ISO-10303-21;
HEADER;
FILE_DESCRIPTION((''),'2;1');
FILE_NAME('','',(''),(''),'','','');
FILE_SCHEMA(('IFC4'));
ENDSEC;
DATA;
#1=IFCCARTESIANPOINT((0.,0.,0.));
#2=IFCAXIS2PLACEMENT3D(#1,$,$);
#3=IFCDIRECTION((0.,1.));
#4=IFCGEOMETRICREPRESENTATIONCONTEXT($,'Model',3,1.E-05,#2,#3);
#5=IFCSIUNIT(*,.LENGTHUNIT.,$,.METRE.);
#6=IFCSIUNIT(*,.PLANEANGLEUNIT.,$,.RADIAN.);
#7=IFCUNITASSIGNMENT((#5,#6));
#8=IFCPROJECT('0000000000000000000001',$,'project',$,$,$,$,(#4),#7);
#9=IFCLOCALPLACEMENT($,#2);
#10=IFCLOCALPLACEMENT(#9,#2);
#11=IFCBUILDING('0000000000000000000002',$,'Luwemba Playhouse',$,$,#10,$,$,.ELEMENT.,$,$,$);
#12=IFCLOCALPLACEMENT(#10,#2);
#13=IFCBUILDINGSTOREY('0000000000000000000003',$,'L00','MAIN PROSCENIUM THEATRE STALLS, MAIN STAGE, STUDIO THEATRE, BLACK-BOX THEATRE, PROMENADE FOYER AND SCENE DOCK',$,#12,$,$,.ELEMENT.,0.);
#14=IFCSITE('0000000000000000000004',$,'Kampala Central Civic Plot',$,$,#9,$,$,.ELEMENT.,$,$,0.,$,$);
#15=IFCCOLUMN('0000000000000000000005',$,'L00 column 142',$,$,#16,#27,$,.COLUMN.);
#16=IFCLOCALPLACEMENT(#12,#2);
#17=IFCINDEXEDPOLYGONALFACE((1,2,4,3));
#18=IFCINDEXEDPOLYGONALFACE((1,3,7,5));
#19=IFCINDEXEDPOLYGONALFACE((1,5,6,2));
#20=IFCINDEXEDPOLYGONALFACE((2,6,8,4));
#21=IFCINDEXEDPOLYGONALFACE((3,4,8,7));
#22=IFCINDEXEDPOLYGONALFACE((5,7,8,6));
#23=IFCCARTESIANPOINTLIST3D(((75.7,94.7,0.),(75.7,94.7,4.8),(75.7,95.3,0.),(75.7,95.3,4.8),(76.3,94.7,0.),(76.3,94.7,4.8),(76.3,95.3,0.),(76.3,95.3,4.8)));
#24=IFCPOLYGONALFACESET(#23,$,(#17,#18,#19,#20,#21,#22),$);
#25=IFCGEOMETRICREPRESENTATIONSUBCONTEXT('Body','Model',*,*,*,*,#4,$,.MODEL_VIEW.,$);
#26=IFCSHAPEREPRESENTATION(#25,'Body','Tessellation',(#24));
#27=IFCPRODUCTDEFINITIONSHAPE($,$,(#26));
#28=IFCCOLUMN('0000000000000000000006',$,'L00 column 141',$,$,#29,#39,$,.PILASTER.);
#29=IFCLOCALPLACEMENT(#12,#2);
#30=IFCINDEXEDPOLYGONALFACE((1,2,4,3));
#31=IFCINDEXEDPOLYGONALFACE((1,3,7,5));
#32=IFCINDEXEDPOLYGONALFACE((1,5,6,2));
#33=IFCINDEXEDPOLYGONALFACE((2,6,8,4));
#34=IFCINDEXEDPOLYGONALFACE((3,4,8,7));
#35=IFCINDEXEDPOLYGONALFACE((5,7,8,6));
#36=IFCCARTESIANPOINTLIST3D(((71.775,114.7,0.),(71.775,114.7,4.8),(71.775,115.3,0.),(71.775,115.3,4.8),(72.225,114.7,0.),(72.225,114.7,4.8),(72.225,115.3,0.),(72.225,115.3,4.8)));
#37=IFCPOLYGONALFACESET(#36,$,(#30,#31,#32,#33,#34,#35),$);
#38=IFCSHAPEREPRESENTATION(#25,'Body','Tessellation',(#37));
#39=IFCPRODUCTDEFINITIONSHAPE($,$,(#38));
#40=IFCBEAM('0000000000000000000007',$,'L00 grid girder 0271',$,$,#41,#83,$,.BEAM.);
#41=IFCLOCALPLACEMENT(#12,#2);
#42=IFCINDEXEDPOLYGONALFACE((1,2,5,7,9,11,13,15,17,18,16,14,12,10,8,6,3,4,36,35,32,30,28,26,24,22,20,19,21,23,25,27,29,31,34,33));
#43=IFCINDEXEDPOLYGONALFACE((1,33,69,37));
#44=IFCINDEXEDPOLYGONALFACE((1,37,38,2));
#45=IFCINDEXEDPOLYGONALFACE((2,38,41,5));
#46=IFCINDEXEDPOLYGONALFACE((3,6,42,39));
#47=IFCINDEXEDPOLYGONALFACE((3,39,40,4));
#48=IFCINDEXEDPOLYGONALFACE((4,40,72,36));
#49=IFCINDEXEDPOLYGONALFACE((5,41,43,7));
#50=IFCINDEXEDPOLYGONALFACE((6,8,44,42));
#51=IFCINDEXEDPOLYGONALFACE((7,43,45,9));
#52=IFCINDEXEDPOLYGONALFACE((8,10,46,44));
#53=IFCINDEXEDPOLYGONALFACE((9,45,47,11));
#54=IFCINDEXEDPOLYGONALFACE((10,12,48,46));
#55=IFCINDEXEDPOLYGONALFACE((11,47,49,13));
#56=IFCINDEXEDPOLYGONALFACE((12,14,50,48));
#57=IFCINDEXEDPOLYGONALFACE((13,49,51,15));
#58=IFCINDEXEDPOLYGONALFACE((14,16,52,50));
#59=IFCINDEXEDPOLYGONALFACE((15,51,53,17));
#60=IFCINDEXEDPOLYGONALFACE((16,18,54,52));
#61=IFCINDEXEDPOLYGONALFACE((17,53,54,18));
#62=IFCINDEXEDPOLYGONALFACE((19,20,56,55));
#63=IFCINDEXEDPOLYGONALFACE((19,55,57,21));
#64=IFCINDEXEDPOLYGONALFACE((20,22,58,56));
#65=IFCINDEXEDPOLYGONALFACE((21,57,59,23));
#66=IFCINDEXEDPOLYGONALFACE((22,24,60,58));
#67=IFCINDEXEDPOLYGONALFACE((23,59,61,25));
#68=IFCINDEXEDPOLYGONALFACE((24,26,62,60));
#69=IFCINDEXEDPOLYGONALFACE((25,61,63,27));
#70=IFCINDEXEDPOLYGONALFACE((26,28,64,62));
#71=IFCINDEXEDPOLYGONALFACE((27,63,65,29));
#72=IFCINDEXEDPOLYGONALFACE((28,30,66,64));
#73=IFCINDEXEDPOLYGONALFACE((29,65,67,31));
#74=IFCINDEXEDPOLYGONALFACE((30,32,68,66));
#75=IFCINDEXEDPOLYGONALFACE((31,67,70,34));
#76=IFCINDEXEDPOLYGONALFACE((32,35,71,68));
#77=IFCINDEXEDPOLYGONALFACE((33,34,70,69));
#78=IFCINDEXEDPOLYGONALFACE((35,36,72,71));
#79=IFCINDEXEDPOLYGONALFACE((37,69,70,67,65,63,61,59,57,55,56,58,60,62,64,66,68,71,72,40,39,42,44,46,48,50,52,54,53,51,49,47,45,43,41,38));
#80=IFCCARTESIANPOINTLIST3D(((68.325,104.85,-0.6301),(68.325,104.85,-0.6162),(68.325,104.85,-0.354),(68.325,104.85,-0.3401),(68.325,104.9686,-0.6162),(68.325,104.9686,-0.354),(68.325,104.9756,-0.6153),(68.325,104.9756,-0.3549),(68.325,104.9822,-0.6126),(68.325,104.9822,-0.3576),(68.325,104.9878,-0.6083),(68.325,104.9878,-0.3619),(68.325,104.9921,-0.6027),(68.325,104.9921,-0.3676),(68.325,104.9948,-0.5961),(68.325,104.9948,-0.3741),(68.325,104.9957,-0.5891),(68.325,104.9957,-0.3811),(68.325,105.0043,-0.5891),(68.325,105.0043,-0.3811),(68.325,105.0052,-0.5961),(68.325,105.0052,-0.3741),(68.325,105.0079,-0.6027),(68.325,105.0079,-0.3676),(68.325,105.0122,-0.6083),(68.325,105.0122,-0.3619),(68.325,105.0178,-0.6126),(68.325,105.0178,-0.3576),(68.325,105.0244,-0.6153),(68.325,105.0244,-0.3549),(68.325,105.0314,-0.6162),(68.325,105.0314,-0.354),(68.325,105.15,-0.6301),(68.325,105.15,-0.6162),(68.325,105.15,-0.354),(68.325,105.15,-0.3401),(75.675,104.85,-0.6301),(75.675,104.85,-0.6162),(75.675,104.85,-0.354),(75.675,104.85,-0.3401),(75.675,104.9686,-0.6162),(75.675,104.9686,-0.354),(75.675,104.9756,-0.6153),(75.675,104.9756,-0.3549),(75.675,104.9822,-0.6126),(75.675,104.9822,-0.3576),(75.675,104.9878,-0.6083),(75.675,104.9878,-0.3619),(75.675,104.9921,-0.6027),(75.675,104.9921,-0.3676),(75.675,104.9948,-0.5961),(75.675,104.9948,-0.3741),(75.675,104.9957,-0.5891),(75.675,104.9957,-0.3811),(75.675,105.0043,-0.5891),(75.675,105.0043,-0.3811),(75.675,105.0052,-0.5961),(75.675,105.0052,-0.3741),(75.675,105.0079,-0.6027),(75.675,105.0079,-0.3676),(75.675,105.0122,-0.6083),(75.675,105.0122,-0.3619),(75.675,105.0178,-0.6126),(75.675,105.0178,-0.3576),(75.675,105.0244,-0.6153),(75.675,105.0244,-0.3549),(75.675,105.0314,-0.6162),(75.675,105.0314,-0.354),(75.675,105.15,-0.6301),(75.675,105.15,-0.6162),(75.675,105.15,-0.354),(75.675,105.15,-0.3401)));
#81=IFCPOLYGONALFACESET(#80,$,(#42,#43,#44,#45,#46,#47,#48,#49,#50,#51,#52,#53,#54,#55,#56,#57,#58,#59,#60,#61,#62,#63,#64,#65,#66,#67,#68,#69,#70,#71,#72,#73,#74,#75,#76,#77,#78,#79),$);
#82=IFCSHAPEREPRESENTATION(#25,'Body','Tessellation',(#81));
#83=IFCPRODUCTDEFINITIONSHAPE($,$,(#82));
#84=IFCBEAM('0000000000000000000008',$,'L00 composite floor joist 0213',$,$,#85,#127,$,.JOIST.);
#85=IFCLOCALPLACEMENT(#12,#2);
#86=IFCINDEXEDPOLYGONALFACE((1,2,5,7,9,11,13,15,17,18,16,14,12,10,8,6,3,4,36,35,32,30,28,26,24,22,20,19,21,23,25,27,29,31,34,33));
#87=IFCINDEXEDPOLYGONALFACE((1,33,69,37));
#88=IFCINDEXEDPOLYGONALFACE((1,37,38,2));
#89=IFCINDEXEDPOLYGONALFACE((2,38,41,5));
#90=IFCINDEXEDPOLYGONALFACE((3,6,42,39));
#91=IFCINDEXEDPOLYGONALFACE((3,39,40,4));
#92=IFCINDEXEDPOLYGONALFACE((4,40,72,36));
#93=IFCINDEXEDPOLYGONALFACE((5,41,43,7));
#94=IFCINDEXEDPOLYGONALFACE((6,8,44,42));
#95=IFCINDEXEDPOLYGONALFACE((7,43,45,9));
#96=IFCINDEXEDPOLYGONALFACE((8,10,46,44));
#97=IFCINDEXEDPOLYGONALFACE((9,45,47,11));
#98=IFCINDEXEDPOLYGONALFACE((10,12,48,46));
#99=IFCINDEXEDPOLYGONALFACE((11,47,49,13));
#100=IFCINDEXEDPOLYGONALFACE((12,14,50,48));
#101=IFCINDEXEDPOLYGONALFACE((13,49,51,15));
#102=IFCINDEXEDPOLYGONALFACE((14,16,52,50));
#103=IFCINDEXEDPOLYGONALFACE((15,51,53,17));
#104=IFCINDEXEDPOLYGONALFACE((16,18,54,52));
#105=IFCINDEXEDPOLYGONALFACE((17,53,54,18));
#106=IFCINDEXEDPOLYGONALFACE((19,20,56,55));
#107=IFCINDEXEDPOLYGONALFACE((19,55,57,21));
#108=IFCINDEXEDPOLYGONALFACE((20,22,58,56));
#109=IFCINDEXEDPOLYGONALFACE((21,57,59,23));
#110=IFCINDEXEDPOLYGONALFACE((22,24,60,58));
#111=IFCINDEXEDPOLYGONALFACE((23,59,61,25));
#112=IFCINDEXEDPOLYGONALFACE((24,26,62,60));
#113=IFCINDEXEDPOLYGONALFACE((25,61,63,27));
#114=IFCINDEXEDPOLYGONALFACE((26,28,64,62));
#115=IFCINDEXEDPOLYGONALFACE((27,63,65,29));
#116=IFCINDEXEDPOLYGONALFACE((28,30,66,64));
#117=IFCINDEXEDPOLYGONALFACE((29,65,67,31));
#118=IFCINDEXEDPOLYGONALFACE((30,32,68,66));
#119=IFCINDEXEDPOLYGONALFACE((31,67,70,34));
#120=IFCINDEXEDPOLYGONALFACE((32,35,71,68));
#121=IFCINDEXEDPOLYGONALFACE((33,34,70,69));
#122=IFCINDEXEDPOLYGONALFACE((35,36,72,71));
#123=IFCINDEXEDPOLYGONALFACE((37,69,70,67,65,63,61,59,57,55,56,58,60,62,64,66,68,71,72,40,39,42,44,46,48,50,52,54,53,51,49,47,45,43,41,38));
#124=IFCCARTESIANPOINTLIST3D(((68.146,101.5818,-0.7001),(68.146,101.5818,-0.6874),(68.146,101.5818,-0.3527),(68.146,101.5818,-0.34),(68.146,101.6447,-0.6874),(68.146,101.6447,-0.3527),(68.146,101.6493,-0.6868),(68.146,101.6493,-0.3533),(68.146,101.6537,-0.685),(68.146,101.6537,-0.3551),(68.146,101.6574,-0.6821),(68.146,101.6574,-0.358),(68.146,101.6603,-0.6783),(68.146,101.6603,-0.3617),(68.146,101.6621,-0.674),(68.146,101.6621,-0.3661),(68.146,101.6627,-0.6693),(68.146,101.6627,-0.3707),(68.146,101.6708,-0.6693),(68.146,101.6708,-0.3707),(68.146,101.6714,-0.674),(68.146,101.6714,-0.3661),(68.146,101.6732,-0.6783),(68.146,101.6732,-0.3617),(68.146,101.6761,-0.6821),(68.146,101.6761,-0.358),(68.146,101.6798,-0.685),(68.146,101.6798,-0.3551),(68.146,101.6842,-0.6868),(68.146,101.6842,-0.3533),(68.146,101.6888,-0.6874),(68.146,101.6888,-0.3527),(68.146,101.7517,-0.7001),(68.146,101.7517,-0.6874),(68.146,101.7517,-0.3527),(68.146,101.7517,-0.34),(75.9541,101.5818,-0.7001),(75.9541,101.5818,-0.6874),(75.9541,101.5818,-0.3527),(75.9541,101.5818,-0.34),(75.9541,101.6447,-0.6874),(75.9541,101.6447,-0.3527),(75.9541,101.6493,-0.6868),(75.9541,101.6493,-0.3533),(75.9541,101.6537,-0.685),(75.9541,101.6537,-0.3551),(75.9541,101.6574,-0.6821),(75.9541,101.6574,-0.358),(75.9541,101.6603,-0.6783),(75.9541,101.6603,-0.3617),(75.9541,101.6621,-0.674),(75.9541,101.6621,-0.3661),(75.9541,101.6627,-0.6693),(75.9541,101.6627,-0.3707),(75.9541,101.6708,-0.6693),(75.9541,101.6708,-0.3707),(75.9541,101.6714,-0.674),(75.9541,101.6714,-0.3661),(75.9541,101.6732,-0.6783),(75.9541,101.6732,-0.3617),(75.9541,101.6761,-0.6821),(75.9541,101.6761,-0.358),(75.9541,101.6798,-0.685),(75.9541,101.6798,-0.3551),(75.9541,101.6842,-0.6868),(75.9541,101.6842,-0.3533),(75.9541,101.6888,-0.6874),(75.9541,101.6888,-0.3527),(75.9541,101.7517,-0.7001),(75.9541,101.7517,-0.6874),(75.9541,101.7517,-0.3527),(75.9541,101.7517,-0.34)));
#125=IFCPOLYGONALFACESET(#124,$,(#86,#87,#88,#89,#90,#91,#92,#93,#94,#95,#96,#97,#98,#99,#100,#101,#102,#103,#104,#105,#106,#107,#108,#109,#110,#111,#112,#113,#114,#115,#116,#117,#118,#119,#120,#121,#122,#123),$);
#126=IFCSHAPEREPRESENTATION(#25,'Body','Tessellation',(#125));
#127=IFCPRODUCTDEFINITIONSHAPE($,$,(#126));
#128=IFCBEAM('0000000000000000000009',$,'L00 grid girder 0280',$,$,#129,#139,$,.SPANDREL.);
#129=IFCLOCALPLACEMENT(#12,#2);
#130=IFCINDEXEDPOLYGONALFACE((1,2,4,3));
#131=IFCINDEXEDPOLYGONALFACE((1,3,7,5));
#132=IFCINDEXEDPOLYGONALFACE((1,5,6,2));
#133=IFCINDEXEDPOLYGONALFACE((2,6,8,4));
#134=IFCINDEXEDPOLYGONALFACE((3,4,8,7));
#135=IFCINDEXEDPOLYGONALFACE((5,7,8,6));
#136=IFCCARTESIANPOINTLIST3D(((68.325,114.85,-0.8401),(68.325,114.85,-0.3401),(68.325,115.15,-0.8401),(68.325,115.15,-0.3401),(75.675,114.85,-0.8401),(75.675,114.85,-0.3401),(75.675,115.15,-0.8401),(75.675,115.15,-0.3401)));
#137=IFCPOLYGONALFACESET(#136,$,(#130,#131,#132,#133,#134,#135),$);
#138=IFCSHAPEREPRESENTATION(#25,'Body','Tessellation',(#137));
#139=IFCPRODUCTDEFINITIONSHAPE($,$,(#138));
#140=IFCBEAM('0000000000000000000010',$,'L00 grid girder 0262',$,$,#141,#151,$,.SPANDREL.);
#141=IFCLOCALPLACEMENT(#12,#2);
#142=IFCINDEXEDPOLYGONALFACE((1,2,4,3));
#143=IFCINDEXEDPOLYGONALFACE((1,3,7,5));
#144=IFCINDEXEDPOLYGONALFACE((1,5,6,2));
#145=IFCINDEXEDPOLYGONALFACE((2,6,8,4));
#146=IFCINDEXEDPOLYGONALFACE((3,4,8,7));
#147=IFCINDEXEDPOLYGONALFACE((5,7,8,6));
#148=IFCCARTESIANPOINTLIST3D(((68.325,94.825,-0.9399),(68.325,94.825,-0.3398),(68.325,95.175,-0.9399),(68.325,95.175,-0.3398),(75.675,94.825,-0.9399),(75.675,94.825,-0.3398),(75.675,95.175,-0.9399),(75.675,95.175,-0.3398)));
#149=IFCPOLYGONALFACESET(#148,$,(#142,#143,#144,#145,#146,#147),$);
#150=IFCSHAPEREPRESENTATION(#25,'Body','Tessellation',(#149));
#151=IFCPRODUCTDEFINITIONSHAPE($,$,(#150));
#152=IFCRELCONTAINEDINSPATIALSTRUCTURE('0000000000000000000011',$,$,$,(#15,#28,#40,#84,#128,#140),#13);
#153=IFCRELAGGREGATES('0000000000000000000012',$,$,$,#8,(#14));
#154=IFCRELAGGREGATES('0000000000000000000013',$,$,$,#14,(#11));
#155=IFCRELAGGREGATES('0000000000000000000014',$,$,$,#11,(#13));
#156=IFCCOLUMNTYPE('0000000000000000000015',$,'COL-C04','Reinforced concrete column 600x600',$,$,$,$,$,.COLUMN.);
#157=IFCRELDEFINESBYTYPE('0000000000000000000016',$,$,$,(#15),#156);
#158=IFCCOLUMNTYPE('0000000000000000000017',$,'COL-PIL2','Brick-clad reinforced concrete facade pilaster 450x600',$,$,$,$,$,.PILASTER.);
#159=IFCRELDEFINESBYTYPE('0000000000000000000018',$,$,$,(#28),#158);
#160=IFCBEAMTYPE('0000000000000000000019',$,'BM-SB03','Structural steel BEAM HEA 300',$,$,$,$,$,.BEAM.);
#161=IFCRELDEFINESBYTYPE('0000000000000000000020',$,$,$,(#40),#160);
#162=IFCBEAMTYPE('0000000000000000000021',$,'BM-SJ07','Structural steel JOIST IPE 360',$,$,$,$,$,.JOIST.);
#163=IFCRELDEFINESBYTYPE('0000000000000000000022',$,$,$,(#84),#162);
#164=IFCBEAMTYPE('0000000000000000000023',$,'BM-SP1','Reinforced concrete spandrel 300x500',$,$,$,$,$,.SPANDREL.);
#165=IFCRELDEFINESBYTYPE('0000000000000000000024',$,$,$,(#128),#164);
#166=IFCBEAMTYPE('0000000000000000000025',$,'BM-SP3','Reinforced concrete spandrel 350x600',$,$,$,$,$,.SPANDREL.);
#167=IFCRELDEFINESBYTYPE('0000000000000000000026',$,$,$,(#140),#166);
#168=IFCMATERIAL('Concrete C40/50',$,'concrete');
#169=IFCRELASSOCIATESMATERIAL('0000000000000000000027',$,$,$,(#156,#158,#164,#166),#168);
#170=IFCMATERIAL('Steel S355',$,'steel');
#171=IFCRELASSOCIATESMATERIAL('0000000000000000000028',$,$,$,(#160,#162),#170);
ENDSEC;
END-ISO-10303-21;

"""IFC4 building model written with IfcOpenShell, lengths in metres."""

from ifc_helpers import new_model, si_unit, direction, frame, origin, origin_2d, place, context, subcontext, project, spatial, rectangle, i_section, extrude, material, material_profile, profile_set, type_object, element, save


model = new_model("IFC4")

# Units and contexts
model_context = context("Model", 3, precision=1e-05, world=origin(), true_north=direction((0.0, 1.0)))
body_context = subcontext(model_context, "Body", "Model", "MODEL_VIEW")
ifc_project = project(units=[si_unit("LENGTHUNIT", "METRE"), si_unit("PLANEANGLEUNIT", "RADIAN")], contexts=[model_context])

# Site, building, storey
site_placement = place(None, origin())
site = spatial("IfcSite", under=ifc_project, at=site_placement, Name="Kampala Central Civic Plot", CompositionType="ELEMENT", RefElevation=0.0)
building_placement = place(site_placement, origin())
building = spatial("IfcBuilding", under=site, at=building_placement, Name="Luwemba Playhouse", CompositionType="ELEMENT")
storey_placement = place(building_placement, origin())
storey = spatial("IfcBuildingStorey", under=building, at=storey_placement, Name="L00", Description="MAIN PROSCENIUM THEATRE STALLS, MAIN STAGE, STUDIO THEATRE, BLACK-BOX THEATRE, PROMENADE FOYER AND SCENE DOCK", CompositionType="ELEMENT", Elevation=0.0)

# Columns
ifc_material_1 = material(Name="Concrete C40/50", Category="concrete")
ifc_material_profile_1 = material_profile(ifc_material_1, rectangle(XDim=0.6001, YDim=0.6001, at=origin_2d()))
ifc_profile_set_1 = profile_set([ifc_material_profile_1], Name="Concrete C40/50")
column_type_1 = type_object("IfcColumnType", Name="COL-C04", Description="Reinforced concrete column 600x600", PredefinedType="COLUMN", material=ifc_profile_set_1)
column_1_placement = place(storey_placement, frame((76.0, 95.0, 0.0), z_axis=(0.0, 0.0, 1.0), x_axis=(1.0, 0.0, 0.0)))
element("IfcColumn", 1, at=column_1_placement, inside=storey, type_object=column_type_1, Name="L00 column 142", PredefinedType="COLUMN", context=body_context, shape_type="SweptSolid", body=[
    extrude(rectangle(XDim=0.6001, YDim=0.6001, at=origin_2d()), origin(), (0.0, 0.0, 1.0), 4.8),
])
ifc_material_profile_2 = material_profile(ifc_material_1, rectangle(XDim=0.45, YDim=0.6001, at=origin_2d()))
ifc_profile_set_2 = profile_set([ifc_material_profile_2], Name="Concrete C40/50")
column_type_2 = type_object("IfcColumnType", Name="COL-PIL2", Description="Brick-clad reinforced concrete facade pilaster 450x600", PredefinedType="PILASTER", material=ifc_profile_set_2)
column_2_placement = place(storey_placement, frame((72.0, 115.0, 0.0), z_axis=(0.0, 0.0, 1.0), x_axis=(1.0, 0.0, 0.0)))
element("IfcColumn", 2, at=column_2_placement, inside=storey, type_object=column_type_2, Name="L00 column 141", PredefinedType="PILASTER", context=body_context, shape_type="SweptSolid", body=[
    extrude(rectangle(XDim=0.45, YDim=0.6001, at=origin_2d()), origin(), (0.0, 0.0, 1.0), 4.8),
])

# Beams
ifc_material_2 = material(Name="Steel S355", Category="steel")
ifc_material_profile_3 = material_profile(ifc_material_2, i_section(OverallWidth=0.3, OverallDepth=0.29, WebThickness=0.0085, FlangeThickness=0.0139, FilletRadius=0.0271, at=origin_2d()))
ifc_profile_set_3 = profile_set([ifc_material_profile_3], Name="Steel S355")
beam_type_1 = type_object("IfcBeamType", Name="BM-SB03", Description="Structural steel BEAM HEA 300", PredefinedType="BEAM", material=ifc_profile_set_3)
beam_1_placement = place(storey_placement, frame((68.325, 105.0, -0.4851), z_axis=(1.0, 0.0, 0.0), x_axis=(0.0, 1.0, 0.0)))
element("IfcBeam", 3, at=beam_1_placement, inside=storey, type_object=beam_type_1, Name="L00 grid girder 0271", PredefinedType="BEAM", context=body_context, shape_type="SweptSolid", body=[
    extrude(i_section(OverallWidth=0.3, OverallDepth=0.29, WebThickness=0.0085, FlangeThickness=0.0139, FilletRadius=0.0271, at=origin_2d()), origin(), (0.0, 0.0, 1.0), 7.3501),
])
ifc_material_profile_4 = material_profile(ifc_material_2, i_section(OverallWidth=0.1699, OverallDepth=0.3601, WebThickness=0.0081, FlangeThickness=0.0127, FilletRadius=0.0181, at=origin_2d()))
ifc_profile_set_4 = profile_set([ifc_material_profile_4], Name="Steel S355")
beam_type_2 = type_object("IfcBeamType", Name="BM-SJ07", Description="Structural steel JOIST IPE 360", PredefinedType="JOIST", material=ifc_profile_set_4)
beam_2_placement = place(storey_placement, frame((68.146, 101.6667, -0.52), z_axis=(1.0, 0.0, 0.0), x_axis=(0.0, 1.0, 0.0)))
element("IfcBeam", 4, at=beam_2_placement, inside=storey, type_object=beam_type_2, Name="L00 composite floor joist 0213", PredefinedType="JOIST", context=body_context, shape_type="SweptSolid", body=[
    extrude(i_section(OverallWidth=0.1699, OverallDepth=0.3601, WebThickness=0.0081, FlangeThickness=0.0127, FilletRadius=0.0181, at=origin_2d()), origin(), (0.0, 0.0, 1.0), 7.8081),
])
ifc_material_profile_5 = material_profile(ifc_material_1, rectangle(XDim=0.3, YDim=0.5, at=origin_2d()))
ifc_profile_set_5 = profile_set([ifc_material_profile_5], Name="Concrete C40/50")
beam_type_3 = type_object("IfcBeamType", Name="BM-SP1", Description="Reinforced concrete spandrel 300x500", PredefinedType="SPANDREL", material=ifc_profile_set_5)
beam_3_placement = place(storey_placement, frame((68.325, 115.0, -0.5901), z_axis=(1.0, 0.0, 0.0), x_axis=(0.0, 1.0, 0.0)))
element("IfcBeam", 5, at=beam_3_placement, inside=storey, type_object=beam_type_3, Name="L00 grid girder 0280", PredefinedType="SPANDREL", context=body_context, shape_type="SweptSolid", body=[
    extrude(rectangle(XDim=0.3, YDim=0.5, at=origin_2d()), origin(), (0.0, 0.0, 1.0), 7.3501),
])
ifc_material_profile_6 = material_profile(ifc_material_1, rectangle(XDim=0.3501, YDim=0.6001, at=origin_2d()))
ifc_profile_set_6 = profile_set([ifc_material_profile_6], Name="Concrete C40/50")
beam_type_4 = type_object("IfcBeamType", Name="BM-SP3", Description="Reinforced concrete spandrel 350x600", PredefinedType="SPANDREL", material=ifc_profile_set_6)
beam_4_placement = place(storey_placement, frame((68.325, 95.0, -0.6399), z_axis=(1.0, 0.0, 0.0), x_axis=(0.0, 1.0, 0.0)))
element("IfcBeam", 6, at=beam_4_placement, inside=storey, type_object=beam_type_4, Name="L00 grid girder 0262", PredefinedType="SPANDREL", context=body_context, shape_type="SweptSolid", body=[
    extrude(rectangle(XDim=0.3501, YDim=0.6001, at=origin_2d()), origin(), (0.0, 0.0, 1.0), 7.3501),
])

save(model, "model.ifc")
